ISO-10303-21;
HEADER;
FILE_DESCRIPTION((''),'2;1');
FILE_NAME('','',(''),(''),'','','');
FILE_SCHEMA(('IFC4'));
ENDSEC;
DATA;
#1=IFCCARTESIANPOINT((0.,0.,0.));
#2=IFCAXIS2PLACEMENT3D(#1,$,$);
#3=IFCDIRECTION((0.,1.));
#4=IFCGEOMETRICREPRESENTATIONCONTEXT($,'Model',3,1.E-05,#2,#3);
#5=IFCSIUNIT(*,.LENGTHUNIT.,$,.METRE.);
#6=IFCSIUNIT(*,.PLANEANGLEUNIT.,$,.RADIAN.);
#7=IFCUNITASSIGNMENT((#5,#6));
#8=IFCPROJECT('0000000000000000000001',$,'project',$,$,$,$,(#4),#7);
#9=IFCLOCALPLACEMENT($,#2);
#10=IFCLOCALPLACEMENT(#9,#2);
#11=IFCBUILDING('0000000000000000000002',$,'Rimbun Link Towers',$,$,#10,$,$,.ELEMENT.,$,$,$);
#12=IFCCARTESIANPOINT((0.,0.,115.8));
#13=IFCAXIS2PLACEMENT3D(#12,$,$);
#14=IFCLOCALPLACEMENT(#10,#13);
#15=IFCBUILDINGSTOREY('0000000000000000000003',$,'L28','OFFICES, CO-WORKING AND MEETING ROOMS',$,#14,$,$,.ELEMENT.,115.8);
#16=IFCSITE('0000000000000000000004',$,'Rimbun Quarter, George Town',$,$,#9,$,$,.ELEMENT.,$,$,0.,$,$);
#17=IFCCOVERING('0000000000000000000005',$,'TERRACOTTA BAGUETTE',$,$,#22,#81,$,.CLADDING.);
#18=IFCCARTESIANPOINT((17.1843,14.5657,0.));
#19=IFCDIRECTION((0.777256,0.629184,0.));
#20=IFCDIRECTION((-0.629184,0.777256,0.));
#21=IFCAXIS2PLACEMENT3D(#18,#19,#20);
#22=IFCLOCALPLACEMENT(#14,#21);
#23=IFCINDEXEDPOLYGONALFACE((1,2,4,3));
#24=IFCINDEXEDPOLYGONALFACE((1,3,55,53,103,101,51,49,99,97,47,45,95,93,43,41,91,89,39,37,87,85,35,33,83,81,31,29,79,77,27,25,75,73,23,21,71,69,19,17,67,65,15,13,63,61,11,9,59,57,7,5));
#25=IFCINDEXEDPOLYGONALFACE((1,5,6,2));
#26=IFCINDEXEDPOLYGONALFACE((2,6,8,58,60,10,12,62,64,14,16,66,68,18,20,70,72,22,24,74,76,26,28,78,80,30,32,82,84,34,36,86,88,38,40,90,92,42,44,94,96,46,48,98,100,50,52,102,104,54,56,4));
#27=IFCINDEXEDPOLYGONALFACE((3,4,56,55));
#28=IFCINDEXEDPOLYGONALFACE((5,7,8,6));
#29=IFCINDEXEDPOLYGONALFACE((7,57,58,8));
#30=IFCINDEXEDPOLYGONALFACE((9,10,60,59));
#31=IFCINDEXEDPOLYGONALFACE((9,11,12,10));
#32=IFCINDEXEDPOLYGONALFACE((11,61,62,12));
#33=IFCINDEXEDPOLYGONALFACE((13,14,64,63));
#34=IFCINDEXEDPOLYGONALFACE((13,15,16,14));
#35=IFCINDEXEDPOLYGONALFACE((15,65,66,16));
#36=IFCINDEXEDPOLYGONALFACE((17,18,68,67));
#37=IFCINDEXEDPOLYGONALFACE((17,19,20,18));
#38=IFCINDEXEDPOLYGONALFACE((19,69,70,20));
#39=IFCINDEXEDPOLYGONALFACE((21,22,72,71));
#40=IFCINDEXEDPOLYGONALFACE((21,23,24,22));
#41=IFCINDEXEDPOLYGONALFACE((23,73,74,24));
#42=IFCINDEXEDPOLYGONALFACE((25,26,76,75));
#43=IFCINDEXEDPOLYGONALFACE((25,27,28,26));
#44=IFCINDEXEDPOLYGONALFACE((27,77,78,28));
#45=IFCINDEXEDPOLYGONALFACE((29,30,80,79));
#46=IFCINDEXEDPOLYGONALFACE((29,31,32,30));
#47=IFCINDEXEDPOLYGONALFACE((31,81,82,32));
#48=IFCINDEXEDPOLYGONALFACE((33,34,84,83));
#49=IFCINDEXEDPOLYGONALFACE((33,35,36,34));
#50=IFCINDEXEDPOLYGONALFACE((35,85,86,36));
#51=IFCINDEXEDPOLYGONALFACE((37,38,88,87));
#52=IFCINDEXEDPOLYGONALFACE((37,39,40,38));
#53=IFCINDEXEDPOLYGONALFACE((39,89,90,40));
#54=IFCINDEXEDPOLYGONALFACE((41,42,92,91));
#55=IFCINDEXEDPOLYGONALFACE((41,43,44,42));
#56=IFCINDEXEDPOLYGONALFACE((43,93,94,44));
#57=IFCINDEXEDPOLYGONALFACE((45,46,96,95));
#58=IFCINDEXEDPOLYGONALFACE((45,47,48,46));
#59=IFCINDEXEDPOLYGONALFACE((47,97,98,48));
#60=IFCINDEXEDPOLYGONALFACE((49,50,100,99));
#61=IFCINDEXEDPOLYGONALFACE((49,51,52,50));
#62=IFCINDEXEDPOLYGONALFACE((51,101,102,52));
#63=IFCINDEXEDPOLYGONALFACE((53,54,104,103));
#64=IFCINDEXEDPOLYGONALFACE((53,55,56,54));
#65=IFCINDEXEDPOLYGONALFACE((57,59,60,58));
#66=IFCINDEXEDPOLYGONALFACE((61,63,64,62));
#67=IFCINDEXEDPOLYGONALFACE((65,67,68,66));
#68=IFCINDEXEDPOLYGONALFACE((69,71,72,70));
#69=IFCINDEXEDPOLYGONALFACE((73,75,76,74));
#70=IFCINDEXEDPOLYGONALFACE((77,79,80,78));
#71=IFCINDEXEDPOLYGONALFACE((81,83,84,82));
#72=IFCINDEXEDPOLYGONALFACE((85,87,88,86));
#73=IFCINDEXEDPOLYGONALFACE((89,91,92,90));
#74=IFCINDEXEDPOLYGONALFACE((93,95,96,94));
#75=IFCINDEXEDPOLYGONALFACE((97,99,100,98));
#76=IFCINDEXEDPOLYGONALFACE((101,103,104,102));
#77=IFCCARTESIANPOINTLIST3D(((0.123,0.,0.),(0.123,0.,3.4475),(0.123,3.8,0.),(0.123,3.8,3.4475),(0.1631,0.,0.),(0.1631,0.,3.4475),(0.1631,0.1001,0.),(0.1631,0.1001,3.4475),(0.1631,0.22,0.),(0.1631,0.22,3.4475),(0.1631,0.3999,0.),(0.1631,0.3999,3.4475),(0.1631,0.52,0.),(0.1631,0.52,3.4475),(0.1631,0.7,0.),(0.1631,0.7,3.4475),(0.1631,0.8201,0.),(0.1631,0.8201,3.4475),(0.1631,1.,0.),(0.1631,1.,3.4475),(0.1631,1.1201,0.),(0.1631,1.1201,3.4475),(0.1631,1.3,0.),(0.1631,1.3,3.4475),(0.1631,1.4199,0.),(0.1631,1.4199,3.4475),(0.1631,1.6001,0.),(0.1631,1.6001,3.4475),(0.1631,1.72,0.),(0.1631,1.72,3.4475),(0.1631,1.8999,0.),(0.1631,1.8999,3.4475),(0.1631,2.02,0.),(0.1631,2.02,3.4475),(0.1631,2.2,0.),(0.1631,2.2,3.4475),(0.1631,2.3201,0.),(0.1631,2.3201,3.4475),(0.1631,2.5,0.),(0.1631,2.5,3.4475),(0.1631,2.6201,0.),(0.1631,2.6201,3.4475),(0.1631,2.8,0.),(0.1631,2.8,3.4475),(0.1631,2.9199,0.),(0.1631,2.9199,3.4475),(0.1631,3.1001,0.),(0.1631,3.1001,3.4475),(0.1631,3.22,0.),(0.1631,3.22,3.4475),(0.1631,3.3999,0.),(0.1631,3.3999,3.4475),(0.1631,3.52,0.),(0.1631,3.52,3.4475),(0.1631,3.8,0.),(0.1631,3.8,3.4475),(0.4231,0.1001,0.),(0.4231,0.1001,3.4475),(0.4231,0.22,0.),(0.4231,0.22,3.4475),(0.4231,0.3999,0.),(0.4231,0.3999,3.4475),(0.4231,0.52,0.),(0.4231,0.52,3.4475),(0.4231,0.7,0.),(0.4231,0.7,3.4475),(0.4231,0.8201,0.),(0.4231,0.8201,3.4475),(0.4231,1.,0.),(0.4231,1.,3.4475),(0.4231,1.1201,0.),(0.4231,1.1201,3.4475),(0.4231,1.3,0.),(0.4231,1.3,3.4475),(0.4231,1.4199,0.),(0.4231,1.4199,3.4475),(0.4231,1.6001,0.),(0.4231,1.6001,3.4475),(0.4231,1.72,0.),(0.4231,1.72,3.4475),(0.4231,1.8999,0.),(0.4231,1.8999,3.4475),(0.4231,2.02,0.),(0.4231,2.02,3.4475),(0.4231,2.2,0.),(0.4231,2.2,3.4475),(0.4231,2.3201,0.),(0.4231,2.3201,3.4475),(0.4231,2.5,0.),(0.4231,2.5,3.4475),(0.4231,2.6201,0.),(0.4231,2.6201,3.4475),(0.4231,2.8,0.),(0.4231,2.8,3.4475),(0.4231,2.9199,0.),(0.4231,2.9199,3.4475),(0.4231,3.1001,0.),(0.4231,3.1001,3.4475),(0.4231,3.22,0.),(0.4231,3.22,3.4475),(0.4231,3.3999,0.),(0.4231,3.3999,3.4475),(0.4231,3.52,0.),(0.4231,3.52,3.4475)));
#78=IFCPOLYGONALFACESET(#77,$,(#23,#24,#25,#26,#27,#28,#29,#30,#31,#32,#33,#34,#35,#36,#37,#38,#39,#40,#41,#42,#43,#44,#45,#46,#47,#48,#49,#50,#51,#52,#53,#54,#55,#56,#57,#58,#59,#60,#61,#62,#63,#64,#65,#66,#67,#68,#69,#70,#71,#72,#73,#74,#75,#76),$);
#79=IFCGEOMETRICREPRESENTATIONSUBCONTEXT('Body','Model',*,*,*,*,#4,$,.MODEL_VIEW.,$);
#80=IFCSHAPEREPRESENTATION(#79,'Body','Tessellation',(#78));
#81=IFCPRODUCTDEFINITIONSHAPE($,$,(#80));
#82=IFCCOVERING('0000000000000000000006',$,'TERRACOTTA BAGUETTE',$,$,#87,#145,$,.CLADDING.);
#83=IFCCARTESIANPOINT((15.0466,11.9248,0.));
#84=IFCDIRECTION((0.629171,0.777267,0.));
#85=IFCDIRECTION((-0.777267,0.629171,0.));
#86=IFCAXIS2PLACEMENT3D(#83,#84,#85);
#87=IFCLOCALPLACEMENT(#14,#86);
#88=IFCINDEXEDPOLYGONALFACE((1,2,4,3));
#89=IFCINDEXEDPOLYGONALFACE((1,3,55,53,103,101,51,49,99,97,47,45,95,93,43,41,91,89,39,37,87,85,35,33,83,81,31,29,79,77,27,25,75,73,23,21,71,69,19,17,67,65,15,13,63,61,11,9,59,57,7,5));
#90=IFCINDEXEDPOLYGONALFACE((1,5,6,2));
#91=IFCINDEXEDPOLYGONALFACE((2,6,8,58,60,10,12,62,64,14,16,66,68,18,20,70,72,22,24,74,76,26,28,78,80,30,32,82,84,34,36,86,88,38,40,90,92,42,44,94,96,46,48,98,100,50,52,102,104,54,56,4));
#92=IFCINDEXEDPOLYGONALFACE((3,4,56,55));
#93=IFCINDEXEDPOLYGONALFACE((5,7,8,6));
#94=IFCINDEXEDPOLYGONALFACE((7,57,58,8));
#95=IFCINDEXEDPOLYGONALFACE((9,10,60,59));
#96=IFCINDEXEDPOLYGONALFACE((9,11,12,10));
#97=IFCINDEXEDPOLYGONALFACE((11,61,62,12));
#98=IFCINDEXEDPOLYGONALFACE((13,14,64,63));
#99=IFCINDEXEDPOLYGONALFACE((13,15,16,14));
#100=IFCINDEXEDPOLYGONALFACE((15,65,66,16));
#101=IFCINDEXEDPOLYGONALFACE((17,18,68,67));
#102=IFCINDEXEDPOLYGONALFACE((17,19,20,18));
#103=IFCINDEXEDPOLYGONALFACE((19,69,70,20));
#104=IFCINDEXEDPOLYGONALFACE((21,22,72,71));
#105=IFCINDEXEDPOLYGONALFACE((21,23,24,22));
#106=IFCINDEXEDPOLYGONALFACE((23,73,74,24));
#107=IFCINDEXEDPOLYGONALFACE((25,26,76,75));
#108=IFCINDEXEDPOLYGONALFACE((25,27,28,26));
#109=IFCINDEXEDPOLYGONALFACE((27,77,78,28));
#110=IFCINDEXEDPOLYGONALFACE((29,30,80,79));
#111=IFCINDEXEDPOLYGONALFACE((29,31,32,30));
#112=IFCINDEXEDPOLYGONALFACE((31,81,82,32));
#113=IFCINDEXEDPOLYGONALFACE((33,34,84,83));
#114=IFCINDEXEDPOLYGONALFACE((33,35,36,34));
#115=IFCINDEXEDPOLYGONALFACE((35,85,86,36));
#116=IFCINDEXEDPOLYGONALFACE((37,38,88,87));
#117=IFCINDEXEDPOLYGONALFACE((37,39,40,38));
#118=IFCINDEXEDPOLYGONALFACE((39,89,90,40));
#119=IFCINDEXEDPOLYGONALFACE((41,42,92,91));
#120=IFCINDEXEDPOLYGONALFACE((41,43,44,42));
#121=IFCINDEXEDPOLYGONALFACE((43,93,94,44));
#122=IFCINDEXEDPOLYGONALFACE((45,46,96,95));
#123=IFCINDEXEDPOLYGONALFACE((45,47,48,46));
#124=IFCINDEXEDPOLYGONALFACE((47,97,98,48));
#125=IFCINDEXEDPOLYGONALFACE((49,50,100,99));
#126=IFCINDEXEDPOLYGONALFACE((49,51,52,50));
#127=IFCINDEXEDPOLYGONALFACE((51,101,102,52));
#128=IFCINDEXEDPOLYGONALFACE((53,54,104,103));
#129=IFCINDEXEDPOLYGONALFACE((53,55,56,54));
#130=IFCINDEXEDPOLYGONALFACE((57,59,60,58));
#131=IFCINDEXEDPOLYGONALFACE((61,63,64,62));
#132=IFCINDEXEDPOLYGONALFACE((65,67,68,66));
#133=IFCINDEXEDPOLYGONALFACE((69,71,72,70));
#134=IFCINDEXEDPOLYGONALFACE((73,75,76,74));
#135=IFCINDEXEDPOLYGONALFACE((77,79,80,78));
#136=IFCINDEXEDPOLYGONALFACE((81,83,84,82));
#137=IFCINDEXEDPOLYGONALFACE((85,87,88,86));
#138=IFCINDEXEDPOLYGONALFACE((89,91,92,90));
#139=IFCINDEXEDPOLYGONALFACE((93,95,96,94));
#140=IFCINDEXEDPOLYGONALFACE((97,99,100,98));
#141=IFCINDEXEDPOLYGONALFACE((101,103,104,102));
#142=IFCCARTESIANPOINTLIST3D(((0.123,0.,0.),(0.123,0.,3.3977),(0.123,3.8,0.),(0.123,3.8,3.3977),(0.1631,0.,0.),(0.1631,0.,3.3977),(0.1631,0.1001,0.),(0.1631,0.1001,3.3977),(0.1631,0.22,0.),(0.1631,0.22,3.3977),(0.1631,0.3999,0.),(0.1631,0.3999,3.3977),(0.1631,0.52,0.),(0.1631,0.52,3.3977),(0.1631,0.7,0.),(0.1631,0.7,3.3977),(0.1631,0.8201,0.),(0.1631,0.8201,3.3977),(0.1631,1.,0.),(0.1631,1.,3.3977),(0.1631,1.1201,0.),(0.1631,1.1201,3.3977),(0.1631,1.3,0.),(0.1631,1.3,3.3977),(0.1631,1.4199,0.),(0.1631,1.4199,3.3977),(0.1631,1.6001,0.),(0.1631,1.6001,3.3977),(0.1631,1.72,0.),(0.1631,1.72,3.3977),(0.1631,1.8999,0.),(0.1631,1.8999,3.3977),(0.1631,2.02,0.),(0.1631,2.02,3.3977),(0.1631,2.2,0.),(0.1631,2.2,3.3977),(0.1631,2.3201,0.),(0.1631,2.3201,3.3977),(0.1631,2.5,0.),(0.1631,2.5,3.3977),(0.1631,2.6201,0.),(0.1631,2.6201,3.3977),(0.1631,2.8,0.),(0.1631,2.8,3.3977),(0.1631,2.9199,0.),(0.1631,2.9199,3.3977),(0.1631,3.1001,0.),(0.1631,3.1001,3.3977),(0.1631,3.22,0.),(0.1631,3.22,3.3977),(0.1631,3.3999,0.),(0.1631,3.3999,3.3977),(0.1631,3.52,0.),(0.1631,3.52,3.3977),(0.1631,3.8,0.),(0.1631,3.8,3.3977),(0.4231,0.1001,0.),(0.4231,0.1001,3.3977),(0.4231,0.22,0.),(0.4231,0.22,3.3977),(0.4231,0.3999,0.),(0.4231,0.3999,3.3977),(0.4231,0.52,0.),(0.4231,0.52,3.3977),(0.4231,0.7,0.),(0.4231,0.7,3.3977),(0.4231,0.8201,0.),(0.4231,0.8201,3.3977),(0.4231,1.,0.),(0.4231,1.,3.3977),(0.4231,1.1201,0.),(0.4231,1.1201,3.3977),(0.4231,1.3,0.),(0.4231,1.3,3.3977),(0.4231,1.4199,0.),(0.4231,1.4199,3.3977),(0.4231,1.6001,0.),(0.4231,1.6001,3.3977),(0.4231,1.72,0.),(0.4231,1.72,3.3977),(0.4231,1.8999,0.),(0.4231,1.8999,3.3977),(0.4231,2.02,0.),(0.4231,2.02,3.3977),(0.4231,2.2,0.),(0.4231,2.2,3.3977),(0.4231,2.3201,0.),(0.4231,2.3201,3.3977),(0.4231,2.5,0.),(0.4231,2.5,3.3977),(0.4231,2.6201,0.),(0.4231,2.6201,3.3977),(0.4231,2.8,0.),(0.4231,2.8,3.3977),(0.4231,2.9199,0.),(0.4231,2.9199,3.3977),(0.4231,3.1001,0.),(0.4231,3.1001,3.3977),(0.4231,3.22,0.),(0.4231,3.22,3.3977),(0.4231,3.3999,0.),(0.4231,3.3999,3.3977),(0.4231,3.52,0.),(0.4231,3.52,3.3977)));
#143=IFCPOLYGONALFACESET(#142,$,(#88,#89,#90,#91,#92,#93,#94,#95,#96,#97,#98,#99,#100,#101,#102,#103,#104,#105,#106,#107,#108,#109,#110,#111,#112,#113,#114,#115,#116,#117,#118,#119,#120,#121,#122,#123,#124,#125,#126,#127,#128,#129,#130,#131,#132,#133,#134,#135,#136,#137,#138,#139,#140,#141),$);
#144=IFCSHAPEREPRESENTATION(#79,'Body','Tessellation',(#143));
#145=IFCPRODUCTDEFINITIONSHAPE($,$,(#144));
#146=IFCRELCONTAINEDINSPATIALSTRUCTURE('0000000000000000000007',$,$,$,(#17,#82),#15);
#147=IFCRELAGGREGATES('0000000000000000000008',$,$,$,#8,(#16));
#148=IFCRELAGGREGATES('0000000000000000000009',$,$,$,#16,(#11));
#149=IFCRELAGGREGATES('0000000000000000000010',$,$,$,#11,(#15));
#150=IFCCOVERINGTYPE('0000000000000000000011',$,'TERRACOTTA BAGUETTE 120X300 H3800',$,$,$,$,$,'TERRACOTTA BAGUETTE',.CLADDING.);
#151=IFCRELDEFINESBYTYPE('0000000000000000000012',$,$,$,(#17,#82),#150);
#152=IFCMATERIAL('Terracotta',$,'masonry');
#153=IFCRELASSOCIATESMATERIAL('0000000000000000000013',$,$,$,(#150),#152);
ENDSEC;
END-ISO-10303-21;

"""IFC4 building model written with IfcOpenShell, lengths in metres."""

from ifc_helpers import new_model, si_unit, direction, frame, origin, place, context, subcontext, project, spatial, polyline, outline, extrude, material, material_profile, profile_set, type_object, element, save


model = new_model("IFC4")

# Units and contexts
model_context = context("Model", 3, precision=1e-05, world=origin(), true_north=direction((0.0, 1.0)))
body_context = subcontext(model_context, "Body", "Model", "MODEL_VIEW")
ifc_project = project(units=[si_unit("LENGTHUNIT", "METRE"), si_unit("PLANEANGLEUNIT", "RADIAN")], contexts=[model_context])

# Site, building, storey
site_placement = place(None, origin())
site = spatial("IfcSite", under=ifc_project, at=site_placement, Name="Rimbun Quarter, George Town", CompositionType="ELEMENT", RefElevation=0.0)
building_placement = place(site_placement, origin())
building = spatial("IfcBuilding", under=site, at=building_placement, Name="Rimbun Link Towers", CompositionType="ELEMENT")
storey_placement = place(building_placement, frame((0.0, 0.0, 115.8)))
storey = spatial("IfcBuildingStorey", under=building, at=storey_placement, Name="L28", Description="OFFICES, CO-WORKING AND MEETING ROOMS", CompositionType="ELEMENT", Elevation=115.8)

# Coverings
ifc_material_1 = material(Name="Terracotta", Category="masonry")
ifc_material_profile_1 = material_profile(ifc_material_1, outline(polyline([(0.123, 0.0), (0.1631, 0.0), (0.1631, 0.1001), (0.4231, 0.1001), (0.4231, 0.22), (0.1631, 0.22), (0.1631, 0.3999), (0.4231, 0.3999), (0.4231, 0.52), (0.1631, 0.52), (0.1631, 0.7), (0.4231, 0.7), (0.4231, 0.8201), (0.1631, 0.8201), (0.1631, 1.0), (0.4231, 1.0), (0.4231, 1.1201), (0.1631, 1.1201), (0.1631, 1.3), (0.4231, 1.3), (0.4231, 1.4199), (0.1631, 1.4199), (0.1631, 1.6001), (0.4231, 1.6001), (0.4231, 1.72), (0.1631, 1.72), (0.1631, 1.8999), (0.4231, 1.8999), (0.4231, 2.02), (0.1631, 2.02), (0.1631, 2.2), (0.4231, 2.2), (0.4231, 2.3201), (0.1631, 2.3201), (0.1631, 2.5), (0.4231, 2.5), (0.4231, 2.6201), (0.1631, 2.6201), (0.1631, 2.8), (0.4231, 2.8), (0.4231, 2.9199), (0.1631, 2.9199), (0.1631, 3.1001), (0.4231, 3.1001), (0.4231, 3.22), (0.1631, 3.22), (0.1631, 3.3999), (0.4231, 3.3999), (0.4231, 3.52), (0.1631, 3.52), (0.1631, 3.8), (0.123, 3.8), (0.123, 0.0)])), Name="BAGUETTE 120X300")
ifc_profile_set_1 = profile_set([ifc_material_profile_1], Name="Terracotta")
covering_type = type_object("IfcCoveringType", Name="TERRACOTTA BAGUETTE 120X300 H3800", ElementType="TERRACOTTA BAGUETTE", PredefinedType="CLADDING", material=ifc_profile_set_1)
covering_1_placement = place(storey_placement, frame((17.1843, 14.5657, 0.0), z_axis=(0.777256, 0.629184, 0.0), x_axis=(-0.629184, 0.777256, 0.0)))
element("IfcCovering", 1, at=covering_1_placement, inside=storey, type_object=covering_type, Name="TERRACOTTA BAGUETTE", PredefinedType="CLADDING", context=body_context, shape_type="SweptSolid", body=[
    extrude(outline(polyline([(0.123, 0.0), (0.1631, 0.0), (0.1631, 0.1001), (0.4231, 0.1001), (0.4231, 0.22), (0.1631, 0.22), (0.1631, 0.3999), (0.4231, 0.3999), (0.4231, 0.52), (0.1631, 0.52), (0.1631, 0.7), (0.4231, 0.7), (0.4231, 0.8201), (0.1631, 0.8201), (0.1631, 1.0), (0.4231, 1.0), (0.4231, 1.1201), (0.1631, 1.1201), (0.1631, 1.3), (0.4231, 1.3), (0.4231, 1.4199), (0.1631, 1.4199), (0.1631, 1.6001), (0.4231, 1.6001), (0.4231, 1.72), (0.1631, 1.72), (0.1631, 1.8999), (0.4231, 1.8999), (0.4231, 2.02), (0.1631, 2.02), (0.1631, 2.2), (0.4231, 2.2), (0.4231, 2.3201), (0.1631, 2.3201), (0.1631, 2.5), (0.4231, 2.5), (0.4231, 2.6201), (0.1631, 2.6201), (0.1631, 2.8), (0.4231, 2.8), (0.4231, 2.9199), (0.1631, 2.9199), (0.1631, 3.1001), (0.4231, 3.1001), (0.4231, 3.22), (0.1631, 3.22), (0.1631, 3.3999), (0.4231, 3.3999), (0.4231, 3.52), (0.1631, 3.52), (0.1631, 3.8), (0.123, 3.8), (0.123, 0.0)])), origin(), (0.0, 0.0, 1.0), 3.4475),
])
covering_2_placement = place(storey_placement, frame((15.0466, 11.9248, 0.0), z_axis=(0.629171, 0.777267, 0.0), x_axis=(-0.777267, 0.629171, 0.0)))
element("IfcCovering", 2, at=covering_2_placement, inside=storey, type_object=covering_type, Name="TERRACOTTA BAGUETTE", PredefinedType="CLADDING", context=body_context, shape_type="SweptSolid", body=[
    extrude(outline(polyline([(0.123, 0.0), (0.1631, 0.0), (0.1631, 0.1001), (0.4231, 0.1001), (0.4231, 0.22), (0.1631, 0.22), (0.1631, 0.3999), (0.4231, 0.3999), (0.4231, 0.52), (0.1631, 0.52), (0.1631, 0.7), (0.4231, 0.7), (0.4231, 0.8201), (0.1631, 0.8201), (0.1631, 1.0), (0.4231, 1.0), (0.4231, 1.1201), (0.1631, 1.1201), (0.1631, 1.3), (0.4231, 1.3), (0.4231, 1.4199), (0.1631, 1.4199), (0.1631, 1.6001), (0.4231, 1.6001), (0.4231, 1.72), (0.1631, 1.72), (0.1631, 1.8999), (0.4231, 1.8999), (0.4231, 2.02), (0.1631, 2.02), (0.1631, 2.2), (0.4231, 2.2), (0.4231, 2.3201), (0.1631, 2.3201), (0.1631, 2.5), (0.4231, 2.5), (0.4231, 2.6201), (0.1631, 2.6201), (0.1631, 2.8), (0.4231, 2.8), (0.4231, 2.9199), (0.1631, 2.9199), (0.1631, 3.1001), (0.4231, 3.1001), (0.4231, 3.22), (0.1631, 3.22), (0.1631, 3.3999), (0.4231, 3.3999), (0.4231, 3.52), (0.1631, 3.52), (0.1631, 3.8), (0.123, 3.8), (0.123, 0.0)])), origin(), (0.0, 0.0, 1.0), 3.3977),
])

save(model, "model.ifc")
